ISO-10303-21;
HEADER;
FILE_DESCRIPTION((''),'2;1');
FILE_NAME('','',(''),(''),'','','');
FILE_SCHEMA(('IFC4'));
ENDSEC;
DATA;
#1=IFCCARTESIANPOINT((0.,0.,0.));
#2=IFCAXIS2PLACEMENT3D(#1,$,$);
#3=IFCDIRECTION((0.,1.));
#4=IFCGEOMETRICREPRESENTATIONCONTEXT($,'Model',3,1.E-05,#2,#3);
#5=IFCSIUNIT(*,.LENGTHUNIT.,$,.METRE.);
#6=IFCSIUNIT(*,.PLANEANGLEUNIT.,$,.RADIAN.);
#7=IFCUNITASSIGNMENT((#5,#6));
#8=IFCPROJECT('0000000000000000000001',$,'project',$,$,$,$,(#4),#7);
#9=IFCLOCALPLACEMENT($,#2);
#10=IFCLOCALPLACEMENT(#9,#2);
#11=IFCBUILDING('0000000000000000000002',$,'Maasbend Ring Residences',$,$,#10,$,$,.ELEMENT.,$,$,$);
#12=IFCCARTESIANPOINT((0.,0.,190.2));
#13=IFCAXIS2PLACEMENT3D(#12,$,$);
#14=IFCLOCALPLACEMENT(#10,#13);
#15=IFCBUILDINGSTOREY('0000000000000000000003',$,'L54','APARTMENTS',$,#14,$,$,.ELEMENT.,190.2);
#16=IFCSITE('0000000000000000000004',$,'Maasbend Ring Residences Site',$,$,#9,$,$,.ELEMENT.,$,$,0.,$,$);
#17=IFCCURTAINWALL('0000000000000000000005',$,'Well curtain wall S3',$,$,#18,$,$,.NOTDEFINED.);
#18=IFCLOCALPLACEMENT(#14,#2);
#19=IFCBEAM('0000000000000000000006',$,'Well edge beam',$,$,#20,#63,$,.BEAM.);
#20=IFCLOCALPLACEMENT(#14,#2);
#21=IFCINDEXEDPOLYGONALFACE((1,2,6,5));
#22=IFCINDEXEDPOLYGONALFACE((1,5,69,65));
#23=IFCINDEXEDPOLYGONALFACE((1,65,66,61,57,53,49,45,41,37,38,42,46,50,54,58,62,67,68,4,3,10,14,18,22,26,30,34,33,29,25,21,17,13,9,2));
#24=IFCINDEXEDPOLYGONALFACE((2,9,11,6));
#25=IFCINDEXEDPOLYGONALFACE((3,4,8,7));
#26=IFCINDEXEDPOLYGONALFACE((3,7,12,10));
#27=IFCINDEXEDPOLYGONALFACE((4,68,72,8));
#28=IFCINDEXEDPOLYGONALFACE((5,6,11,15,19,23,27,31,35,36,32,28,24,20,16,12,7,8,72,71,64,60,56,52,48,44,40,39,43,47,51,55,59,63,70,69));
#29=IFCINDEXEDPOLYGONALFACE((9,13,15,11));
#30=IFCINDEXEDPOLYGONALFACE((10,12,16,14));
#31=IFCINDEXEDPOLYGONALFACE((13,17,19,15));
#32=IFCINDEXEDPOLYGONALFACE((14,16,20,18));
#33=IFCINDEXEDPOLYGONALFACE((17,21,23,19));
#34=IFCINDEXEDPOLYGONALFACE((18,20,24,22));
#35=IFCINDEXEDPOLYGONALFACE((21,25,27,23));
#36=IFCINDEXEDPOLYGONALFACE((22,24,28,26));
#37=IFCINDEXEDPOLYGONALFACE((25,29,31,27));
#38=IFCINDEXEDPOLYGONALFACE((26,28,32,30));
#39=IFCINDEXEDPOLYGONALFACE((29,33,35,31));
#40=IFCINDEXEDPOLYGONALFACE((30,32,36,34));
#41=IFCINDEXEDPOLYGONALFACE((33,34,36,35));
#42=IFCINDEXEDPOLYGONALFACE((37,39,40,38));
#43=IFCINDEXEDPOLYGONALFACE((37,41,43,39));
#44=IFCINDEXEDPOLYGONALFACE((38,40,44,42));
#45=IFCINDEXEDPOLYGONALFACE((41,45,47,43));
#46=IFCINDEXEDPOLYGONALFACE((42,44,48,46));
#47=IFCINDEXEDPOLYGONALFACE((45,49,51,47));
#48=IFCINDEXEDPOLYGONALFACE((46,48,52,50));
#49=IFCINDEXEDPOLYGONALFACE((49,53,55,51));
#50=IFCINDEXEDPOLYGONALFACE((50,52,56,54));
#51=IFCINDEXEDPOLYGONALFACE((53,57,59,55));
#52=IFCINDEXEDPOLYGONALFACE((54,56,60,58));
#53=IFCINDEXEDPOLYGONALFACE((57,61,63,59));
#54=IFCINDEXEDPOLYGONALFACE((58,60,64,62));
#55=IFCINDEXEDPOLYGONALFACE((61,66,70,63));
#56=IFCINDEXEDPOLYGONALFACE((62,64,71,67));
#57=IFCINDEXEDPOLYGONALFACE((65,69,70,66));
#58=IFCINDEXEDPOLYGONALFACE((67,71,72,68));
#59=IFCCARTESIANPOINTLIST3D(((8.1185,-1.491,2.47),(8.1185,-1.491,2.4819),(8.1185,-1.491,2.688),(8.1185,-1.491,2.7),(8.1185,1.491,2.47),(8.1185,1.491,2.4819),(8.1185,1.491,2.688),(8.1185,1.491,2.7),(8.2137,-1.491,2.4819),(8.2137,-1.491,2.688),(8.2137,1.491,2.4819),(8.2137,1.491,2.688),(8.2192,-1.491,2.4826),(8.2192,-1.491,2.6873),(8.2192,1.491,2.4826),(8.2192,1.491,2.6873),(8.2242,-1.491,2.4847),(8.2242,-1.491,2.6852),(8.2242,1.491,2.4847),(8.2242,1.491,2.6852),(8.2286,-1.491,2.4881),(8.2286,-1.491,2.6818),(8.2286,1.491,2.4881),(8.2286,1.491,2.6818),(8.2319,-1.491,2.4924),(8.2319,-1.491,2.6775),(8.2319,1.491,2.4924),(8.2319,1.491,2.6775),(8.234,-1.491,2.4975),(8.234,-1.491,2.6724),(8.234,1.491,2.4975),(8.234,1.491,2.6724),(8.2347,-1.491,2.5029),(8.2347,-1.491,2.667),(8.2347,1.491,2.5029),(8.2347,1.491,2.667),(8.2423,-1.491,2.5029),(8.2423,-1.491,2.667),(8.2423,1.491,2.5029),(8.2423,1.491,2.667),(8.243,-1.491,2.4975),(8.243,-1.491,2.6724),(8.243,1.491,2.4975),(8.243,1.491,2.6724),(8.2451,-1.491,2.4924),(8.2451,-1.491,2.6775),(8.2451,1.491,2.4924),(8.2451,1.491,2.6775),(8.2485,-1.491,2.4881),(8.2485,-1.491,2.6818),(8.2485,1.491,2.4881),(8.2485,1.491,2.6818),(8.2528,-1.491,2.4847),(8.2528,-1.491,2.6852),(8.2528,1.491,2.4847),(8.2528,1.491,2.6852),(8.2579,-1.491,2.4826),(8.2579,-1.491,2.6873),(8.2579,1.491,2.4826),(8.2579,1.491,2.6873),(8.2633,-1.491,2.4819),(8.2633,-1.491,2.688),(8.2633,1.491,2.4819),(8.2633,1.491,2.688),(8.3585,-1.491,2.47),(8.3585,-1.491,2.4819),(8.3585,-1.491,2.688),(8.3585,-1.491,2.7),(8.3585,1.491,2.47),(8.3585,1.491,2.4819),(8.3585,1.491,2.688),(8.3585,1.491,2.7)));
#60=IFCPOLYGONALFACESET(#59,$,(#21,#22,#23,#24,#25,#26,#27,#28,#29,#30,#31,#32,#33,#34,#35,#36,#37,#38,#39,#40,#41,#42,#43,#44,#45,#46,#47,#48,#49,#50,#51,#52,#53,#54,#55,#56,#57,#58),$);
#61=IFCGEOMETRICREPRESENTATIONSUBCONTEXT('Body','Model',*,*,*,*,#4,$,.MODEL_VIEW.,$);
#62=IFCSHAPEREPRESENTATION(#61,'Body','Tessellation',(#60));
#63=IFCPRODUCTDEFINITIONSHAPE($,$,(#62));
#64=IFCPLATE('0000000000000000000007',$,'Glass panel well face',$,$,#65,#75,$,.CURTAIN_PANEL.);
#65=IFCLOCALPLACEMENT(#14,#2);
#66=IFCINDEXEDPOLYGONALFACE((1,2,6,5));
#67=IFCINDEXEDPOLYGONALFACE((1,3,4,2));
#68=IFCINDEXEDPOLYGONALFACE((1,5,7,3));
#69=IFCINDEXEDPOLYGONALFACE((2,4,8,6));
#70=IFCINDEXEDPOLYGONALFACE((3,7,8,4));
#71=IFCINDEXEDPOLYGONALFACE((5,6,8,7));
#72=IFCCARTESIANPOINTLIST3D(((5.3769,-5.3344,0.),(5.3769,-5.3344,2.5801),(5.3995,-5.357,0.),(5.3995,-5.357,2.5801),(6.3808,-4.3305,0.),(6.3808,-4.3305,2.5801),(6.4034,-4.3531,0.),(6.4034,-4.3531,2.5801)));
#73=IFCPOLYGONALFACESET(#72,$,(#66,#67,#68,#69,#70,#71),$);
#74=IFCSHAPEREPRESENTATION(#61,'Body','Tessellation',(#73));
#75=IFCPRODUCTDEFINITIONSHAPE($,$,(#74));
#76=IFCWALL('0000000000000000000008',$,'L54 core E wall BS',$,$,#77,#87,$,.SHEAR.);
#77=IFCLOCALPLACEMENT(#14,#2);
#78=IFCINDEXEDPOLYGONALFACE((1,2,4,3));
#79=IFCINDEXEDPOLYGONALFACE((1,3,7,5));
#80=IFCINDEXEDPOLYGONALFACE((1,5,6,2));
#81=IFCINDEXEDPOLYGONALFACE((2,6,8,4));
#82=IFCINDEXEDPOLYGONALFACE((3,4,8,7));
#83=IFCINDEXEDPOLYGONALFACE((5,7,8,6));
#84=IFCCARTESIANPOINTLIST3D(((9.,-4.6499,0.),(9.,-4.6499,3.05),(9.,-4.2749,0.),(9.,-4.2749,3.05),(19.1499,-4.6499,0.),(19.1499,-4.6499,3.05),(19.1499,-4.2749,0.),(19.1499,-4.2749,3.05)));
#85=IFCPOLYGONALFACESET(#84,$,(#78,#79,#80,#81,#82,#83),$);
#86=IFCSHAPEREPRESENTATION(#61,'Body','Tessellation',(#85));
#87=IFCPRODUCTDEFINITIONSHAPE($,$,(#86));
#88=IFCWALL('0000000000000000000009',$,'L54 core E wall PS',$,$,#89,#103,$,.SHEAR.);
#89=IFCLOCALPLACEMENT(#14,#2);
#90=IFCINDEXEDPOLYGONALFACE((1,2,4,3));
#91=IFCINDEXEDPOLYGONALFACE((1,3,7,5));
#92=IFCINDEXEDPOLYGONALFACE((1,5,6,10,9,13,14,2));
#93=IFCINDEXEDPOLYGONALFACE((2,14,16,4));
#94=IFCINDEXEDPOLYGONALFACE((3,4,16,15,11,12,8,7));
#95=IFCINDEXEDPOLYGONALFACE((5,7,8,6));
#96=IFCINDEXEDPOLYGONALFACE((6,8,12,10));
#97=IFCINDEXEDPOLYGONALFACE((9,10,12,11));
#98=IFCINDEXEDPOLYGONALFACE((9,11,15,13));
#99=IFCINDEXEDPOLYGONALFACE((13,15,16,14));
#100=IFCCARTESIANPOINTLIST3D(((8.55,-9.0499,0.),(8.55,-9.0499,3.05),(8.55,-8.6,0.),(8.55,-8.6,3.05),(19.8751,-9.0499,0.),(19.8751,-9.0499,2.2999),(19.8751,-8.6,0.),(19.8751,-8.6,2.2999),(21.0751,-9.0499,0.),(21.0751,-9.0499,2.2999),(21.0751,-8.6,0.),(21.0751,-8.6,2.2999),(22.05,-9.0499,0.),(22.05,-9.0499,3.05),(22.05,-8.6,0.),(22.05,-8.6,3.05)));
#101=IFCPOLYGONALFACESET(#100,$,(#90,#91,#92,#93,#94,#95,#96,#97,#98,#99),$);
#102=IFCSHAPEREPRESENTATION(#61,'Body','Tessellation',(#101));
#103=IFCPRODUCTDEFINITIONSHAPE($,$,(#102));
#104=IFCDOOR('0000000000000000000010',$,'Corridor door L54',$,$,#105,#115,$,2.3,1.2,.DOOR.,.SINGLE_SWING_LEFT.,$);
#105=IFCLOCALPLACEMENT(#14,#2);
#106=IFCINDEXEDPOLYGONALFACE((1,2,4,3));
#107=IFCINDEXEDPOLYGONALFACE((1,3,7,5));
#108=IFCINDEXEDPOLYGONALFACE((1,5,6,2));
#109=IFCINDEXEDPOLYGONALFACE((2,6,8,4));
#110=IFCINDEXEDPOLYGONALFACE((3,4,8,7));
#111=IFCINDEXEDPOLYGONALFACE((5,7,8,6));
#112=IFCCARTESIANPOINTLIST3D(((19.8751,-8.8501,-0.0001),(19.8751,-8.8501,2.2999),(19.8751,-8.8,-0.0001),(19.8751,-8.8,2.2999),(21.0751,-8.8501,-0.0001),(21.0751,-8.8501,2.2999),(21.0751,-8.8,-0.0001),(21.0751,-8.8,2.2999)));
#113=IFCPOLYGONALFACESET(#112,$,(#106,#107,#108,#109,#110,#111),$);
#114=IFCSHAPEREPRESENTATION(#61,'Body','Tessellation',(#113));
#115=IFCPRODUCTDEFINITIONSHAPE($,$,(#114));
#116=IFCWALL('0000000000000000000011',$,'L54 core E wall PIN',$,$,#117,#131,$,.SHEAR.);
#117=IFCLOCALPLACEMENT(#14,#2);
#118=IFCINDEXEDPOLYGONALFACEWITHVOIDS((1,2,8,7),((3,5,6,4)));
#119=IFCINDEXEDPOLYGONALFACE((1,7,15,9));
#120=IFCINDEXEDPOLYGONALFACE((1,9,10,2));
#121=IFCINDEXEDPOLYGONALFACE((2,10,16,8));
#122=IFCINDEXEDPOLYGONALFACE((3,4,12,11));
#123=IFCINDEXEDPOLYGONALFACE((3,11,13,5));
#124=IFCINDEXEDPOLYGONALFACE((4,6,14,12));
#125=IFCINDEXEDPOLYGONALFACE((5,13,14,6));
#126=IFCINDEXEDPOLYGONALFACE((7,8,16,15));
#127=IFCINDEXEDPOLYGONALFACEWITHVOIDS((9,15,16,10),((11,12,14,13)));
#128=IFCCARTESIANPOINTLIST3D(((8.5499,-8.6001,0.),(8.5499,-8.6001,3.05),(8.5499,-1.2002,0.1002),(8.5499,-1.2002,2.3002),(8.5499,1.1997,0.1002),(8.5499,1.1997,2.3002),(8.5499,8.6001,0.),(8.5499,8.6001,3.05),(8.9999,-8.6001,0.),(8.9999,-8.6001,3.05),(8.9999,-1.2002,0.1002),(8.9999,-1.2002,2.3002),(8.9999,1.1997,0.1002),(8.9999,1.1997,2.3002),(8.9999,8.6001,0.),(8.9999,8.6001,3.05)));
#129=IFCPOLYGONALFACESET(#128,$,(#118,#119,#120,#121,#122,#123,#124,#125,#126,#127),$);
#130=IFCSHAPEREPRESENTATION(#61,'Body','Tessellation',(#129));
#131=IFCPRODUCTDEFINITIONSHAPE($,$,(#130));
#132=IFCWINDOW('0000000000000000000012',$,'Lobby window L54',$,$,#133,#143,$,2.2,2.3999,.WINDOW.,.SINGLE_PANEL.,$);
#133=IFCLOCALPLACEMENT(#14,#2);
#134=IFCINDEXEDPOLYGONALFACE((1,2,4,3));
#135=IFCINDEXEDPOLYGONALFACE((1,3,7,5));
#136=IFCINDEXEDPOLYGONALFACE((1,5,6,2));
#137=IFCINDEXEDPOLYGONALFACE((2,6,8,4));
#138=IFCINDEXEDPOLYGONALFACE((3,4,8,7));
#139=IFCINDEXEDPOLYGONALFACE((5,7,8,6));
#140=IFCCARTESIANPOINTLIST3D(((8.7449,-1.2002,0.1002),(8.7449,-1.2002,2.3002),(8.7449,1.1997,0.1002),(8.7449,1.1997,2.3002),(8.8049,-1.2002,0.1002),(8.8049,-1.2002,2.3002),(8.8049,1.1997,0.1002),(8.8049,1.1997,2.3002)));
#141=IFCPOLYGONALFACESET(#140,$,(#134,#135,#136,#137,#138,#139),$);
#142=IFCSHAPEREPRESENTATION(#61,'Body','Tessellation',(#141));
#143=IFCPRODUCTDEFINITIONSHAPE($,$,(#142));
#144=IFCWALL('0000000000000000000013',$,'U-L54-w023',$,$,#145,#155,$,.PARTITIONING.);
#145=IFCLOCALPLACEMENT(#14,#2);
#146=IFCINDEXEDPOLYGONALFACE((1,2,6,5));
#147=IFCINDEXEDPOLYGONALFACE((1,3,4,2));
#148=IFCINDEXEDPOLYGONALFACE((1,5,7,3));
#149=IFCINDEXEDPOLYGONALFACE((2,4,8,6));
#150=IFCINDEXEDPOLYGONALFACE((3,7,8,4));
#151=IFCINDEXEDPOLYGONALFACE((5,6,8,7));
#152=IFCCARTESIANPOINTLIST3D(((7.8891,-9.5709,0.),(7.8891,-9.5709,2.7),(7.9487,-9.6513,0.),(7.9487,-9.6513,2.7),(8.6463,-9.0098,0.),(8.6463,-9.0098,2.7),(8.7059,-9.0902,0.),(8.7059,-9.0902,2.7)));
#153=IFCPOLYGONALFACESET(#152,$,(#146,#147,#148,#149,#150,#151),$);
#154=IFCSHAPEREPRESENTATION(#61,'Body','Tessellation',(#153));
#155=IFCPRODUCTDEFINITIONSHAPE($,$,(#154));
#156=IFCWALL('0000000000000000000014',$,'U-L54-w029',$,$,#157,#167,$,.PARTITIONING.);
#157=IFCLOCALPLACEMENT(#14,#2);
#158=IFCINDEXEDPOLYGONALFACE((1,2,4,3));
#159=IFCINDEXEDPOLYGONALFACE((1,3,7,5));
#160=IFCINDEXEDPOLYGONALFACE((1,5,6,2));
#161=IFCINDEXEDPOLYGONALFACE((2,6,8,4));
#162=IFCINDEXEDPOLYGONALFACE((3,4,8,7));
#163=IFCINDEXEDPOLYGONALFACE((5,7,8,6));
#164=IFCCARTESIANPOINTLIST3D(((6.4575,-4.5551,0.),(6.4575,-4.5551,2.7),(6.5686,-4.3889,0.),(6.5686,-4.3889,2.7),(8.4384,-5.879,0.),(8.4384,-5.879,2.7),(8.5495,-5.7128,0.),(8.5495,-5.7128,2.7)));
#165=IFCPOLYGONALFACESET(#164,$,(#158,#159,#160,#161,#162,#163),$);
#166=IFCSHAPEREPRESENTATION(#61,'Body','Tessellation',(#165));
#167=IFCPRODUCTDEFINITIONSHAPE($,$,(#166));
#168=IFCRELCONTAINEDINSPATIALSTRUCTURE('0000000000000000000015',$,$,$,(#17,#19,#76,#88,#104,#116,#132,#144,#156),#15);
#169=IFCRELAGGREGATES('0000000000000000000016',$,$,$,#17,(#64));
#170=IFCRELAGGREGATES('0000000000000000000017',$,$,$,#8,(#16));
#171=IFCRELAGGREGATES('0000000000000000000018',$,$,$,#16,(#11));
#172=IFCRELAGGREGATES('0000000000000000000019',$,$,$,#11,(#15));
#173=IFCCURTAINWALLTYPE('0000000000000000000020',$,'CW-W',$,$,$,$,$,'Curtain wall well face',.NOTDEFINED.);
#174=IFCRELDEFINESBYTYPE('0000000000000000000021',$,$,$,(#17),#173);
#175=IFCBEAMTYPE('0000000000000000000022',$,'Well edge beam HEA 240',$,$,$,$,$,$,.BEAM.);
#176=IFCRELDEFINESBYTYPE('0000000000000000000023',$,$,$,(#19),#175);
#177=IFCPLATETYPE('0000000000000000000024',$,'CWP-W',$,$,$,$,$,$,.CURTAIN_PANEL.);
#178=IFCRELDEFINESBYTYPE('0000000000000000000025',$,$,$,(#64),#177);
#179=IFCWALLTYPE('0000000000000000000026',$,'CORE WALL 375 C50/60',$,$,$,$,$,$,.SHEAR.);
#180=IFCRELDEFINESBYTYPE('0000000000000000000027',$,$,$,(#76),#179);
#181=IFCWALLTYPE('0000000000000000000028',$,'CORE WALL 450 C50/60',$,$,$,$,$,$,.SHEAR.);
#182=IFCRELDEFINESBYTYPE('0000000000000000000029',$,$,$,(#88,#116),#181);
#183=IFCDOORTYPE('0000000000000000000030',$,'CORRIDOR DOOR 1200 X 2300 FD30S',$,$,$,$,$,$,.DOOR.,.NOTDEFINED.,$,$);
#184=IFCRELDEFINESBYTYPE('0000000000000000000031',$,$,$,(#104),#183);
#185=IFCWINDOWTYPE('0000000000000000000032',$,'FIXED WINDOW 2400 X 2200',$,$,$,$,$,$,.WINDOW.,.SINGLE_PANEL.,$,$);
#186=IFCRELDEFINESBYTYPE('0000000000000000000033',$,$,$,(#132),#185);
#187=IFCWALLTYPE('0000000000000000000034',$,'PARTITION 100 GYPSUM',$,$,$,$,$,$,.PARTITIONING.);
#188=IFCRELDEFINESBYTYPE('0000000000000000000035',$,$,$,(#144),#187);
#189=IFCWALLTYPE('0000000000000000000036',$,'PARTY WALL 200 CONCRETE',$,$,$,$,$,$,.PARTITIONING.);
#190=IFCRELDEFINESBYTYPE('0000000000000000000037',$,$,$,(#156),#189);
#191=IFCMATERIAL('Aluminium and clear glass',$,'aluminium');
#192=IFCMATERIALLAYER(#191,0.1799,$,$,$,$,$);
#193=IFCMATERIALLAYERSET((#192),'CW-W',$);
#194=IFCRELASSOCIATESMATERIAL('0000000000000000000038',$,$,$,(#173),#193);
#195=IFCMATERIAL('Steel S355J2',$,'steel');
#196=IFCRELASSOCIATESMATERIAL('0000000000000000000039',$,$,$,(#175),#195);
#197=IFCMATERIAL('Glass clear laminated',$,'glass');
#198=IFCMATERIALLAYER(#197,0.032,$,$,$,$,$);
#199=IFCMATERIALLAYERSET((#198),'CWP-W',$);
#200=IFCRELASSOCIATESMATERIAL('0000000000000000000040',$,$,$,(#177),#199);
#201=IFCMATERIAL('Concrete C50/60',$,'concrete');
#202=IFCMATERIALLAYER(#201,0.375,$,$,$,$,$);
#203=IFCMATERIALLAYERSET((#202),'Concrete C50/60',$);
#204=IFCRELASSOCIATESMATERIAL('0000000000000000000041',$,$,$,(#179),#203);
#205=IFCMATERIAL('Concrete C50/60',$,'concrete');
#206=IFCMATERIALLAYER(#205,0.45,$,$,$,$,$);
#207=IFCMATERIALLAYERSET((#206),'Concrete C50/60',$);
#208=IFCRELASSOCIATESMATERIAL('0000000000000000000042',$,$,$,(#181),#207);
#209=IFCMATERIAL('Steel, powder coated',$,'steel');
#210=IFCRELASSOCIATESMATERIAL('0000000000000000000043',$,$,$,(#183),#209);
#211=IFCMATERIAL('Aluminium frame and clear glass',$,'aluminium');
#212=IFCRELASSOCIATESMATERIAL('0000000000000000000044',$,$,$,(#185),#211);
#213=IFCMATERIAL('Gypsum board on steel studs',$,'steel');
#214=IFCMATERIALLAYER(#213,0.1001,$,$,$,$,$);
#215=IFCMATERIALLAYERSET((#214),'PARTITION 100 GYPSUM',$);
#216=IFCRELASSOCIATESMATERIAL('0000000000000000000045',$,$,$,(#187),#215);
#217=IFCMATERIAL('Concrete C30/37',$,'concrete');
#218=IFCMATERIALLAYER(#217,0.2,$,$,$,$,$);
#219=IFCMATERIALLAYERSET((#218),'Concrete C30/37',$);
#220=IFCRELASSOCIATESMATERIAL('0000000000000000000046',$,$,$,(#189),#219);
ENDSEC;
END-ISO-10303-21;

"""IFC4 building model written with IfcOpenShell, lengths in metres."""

from ifc_helpers import new_model, si_unit, direction, frame, frame_2d, origin, origin_2d, place, context, subcontext, project, spatial, rectangle, i_section, extrude, material, layer, layer_set, material_profile, profile_set, type_object, element, fill, aggregate, save


model = new_model("IFC4")

# Units and contexts
model_context = context("Model", 3, precision=1e-05, world=origin(), true_north=direction((0.0, 1.0)))
body_context = subcontext(model_context, "Body", "Model", "MODEL_VIEW")
ifc_project = project(units=[si_unit("LENGTHUNIT", "METRE"), si_unit("PLANEANGLEUNIT", "RADIAN")], contexts=[model_context])

# Site, building, storey
site_placement = place(None, origin())
site = spatial("IfcSite", under=ifc_project, at=site_placement, Name="Maasbend Ring Residences Site", CompositionType="ELEMENT", RefElevation=0.0)
building_placement = place(site_placement, origin())
building = spatial("IfcBuilding", under=site, at=building_placement, Name="Maasbend Ring Residences", CompositionType="ELEMENT")
storey_placement = place(building_placement, frame((0.0, 0.0, 190.2)))
storey = spatial("IfcBuildingStorey", under=building, at=storey_placement, Name="L54", Description="APARTMENTS", CompositionType="ELEMENT", Elevation=190.2)

# Curtain wall
ifc_material_1 = material(Name="Aluminium and clear glass", Category="aluminium")
ifc_layer_1 = layer(ifc_material_1, 0.1799)
ifc_layer_set_1 = layer_set([ifc_layer_1], Name="CW-W")
curtain_wall_type = type_object("IfcCurtainWallType", Name="CW-W", ElementType="Curtain wall well face", PredefinedType="NOTDEFINED", material=ifc_layer_set_1)
curtain_wall_placement = place(storey_placement, origin())
curtain_wall = element("IfcCurtainWall", 1, at=curtain_wall_placement, inside=storey, type_object=curtain_wall_type, Name="Well curtain wall S3", PredefinedType="NOTDEFINED")

# Beam
ifc_material_2 = material(Name="Steel S355J2", Category="steel")
ifc_material_profile_1 = material_profile(ifc_material_2, i_section(OverallWidth=0.24, OverallDepth=0.23, WebThickness=0.0076, FlangeThickness=0.012, FilletRadius=0.021, at=origin_2d()), Name="HEA 240")
ifc_profile_set_1 = profile_set([ifc_material_profile_1], Name="Steel S355J2")
beam_type = type_object("IfcBeamType", Name="Well edge beam HEA 240", PredefinedType="BEAM", material=ifc_profile_set_1)
beam_1_placement = place(storey_placement, frame((8.2385, -1.491, 2.585), z_axis=(0.0, 1.0, 0.0), x_axis=(-1.0, 0.0, 0.0)))
element("IfcBeam", 2, at=beam_1_placement, inside=storey, type_object=beam_type, Name="Well edge beam", PredefinedType="BEAM", context=body_context, shape_type="SweptSolid", body=[
    extrude(i_section(OverallWidth=0.24, OverallDepth=0.23, WebThickness=0.0076, FlangeThickness=0.012, FilletRadius=0.021, at=origin_2d()), origin(), (0.0, 0.0, 1.0), 2.9819),
])

# Plate
ifc_material_3 = material(Name="Glass clear laminated", Category="glass")
ifc_layer_2 = layer(ifc_material_3, 0.032)
ifc_layer_set_2 = layer_set([ifc_layer_2], Name="CWP-W")
plate_type = type_object("IfcPlateType", Name="CWP-W", PredefinedType="CURTAIN_PANEL", material=ifc_layer_set_2)
plate_placement = place(storey_placement, frame((5.8901, -4.8438, 0.0), z_axis=(0.0, 0.0, 1.0), x_axis=(0.707107, 0.707107, 0.0)))
plate = element("IfcPlate", 3, at=plate_placement, type_object=plate_type, Name="Glass panel well face", PredefinedType="CURTAIN_PANEL", context=body_context, shape_type="SweptSolid", body=[
    extrude(rectangle(XDim=1.4197, YDim=0.032, at=origin_2d()), origin(), (0.0, 0.0, 1.0), 2.5801),
])
aggregate(curtain_wall, [plate])

# Wall
ifc_material_4 = material(Name="Concrete C50/60", Category="concrete")
ifc_layer_3 = layer(ifc_material_4, 0.375)
ifc_layer_set_3 = layer_set([ifc_layer_3], Name="Concrete C50/60")
wall_type_1 = type_object("IfcWallType", Name="CORE WALL 375 C50/60", PredefinedType="SHEAR", material=ifc_layer_set_3)
wall_1_placement = place(storey_placement, frame((9.0, -4.4624, 0.0), z_axis=(0.0, 0.0, 1.0), x_axis=(1.0, 0.0, 0.0)))
element("IfcWall", 4, at=wall_1_placement, inside=storey, type_object=wall_type_1, Name="L54 core E wall BS", PredefinedType="SHEAR", context=body_context, shape_type="SweptSolid", body=[
    extrude(rectangle(XDim=10.1499, YDim=0.375, at=frame_2d((5.075, 0.0))), origin(), (0.0, 0.0, 1.0), 3.05),
])

# Wall, opening, door
ifc_material_5 = material(Name="Concrete C50/60", Category="concrete")
ifc_layer_4 = layer(ifc_material_5, 0.45)
ifc_layer_set_4 = layer_set([ifc_layer_4], Name="Concrete C50/60")
wall_type_2 = type_object("IfcWallType", Name="CORE WALL 450 C50/60", PredefinedType="SHEAR", material=ifc_layer_set_4)
wall_2_placement = place(storey_placement, frame((8.55, -8.825, 0.0), z_axis=(0.0, 0.0, 1.0), x_axis=(1.0, 0.0, 0.0)))
wall_2 = element("IfcWall", 5, at=wall_2_placement, inside=storey, type_object=wall_type_2, Name="L54 core E wall PS", PredefinedType="SHEAR", context=body_context, shape_type="SweptSolid", body=[
    extrude(rectangle(XDim=13.5, YDim=0.45, at=frame_2d((6.75, 0.0))), origin(), (0.0, 0.0, 1.0), 3.05),
])
opening_1_placement = place(wall_2_placement, frame((11.325, 0.0, 0.0)))
opening_1 = element("IfcOpeningElement", 6, at=opening_1_placement, cuts=wall_2, PredefinedType="OPENING", context=body_context, shape_type="SweptSolid", body=[
    extrude(rectangle(XDim=1.2, YDim=2.3, at=frame_2d((0.6001, 1.1499))), frame((0.0, 0.2349, 0.0), z_axis=(0.0, -1.0, 0.0), x_axis=(1.0, 0.0, 0.0)), (0.0, 0.0, 1.0), 0.47),
])
ifc_material_6 = material(Name="Steel, powder coated", Category="steel")
door_type = type_object("IfcDoorType", Name="CORRIDOR DOOR 1200 X 2300 FD30S", OperationType="NOTDEFINED", PredefinedType="DOOR", material=ifc_material_6)
door_placement = place(opening_1_placement, origin())
door = element("IfcDoor", 7, at=door_placement, inside=storey, type_object=door_type, Name="Corridor door L54", OperationType="SINGLE_SWING_LEFT", OverallHeight=2.3, OverallWidth=1.2, PredefinedType="DOOR", context=body_context, shape_type="SweptSolid", body=[
    extrude(rectangle(XDim=1.2, YDim=2.3, at=frame_2d((0.6001, 1.1499))), frame((0.0, 0.0249, 0.0), z_axis=(0.0, -1.0, 0.0), x_axis=(1.0, 0.0, 0.0)), (0.0, 0.0, 1.0), 0.05),
])
fill(opening_1, door)

# Wall, opening, window
wall_3_placement = place(storey_placement, frame((8.7749, -8.6001, 0.0), z_axis=(0.0, 0.0, 1.0), x_axis=(0.0, 1.0, 0.0)))
wall_3 = element("IfcWall", 8, at=wall_3_placement, inside=storey, type_object=wall_type_2, Name="L54 core E wall PIN", PredefinedType="SHEAR", context=body_context, shape_type="SweptSolid", body=[
    extrude(rectangle(XDim=17.2002, YDim=0.45, at=frame_2d((8.6001, 0.0))), origin(), (0.0, 0.0, 1.0), 3.05),
])
opening_2_placement = place(wall_3_placement, frame((7.3999, 0.0, 0.1001)))
opening_2 = element("IfcOpeningElement", 9, at=opening_2_placement, cuts=wall_3, PredefinedType="OPENING", context=body_context, shape_type="SweptSolid", body=[
    extrude(rectangle(XDim=2.3999, YDim=2.2, at=frame_2d((1.2, 1.1001))), frame((0.0, 0.2349, 0.0), z_axis=(0.0, -1.0, 0.0), x_axis=(1.0, 0.0, 0.0)), (0.0, 0.0, 1.0), 0.47),
])
ifc_material_7 = material(Name="Aluminium frame and clear glass", Category="aluminium")
window_type = type_object("IfcWindowType", Name="FIXED WINDOW 2400 X 2200", PartitioningType="SINGLE_PANEL", PredefinedType="WINDOW", material=ifc_material_7)
window_placement = place(opening_2_placement, origin())
window = element("IfcWindow", 10, at=window_placement, inside=storey, type_object=window_type, Name="Lobby window L54", OverallHeight=2.2, OverallWidth=2.3999, PartitioningType="SINGLE_PANEL", PredefinedType="WINDOW", context=body_context, shape_type="SweptSolid", body=[
    extrude(rectangle(XDim=2.3999, YDim=2.2, at=frame_2d((1.2, 1.1001))), frame((0.0, 0.03, 0.0), z_axis=(0.0, -1.0, 0.0), x_axis=(1.0, 0.0, 0.0)), (0.0, 0.0, 1.0), 0.0601),
])
fill(opening_2, window)

# Walls
ifc_material_8 = material(Name="Gypsum board on steel studs", Category="steel")
ifc_layer_5 = layer(ifc_material_8, 0.1001)
ifc_layer_set_5 = layer_set([ifc_layer_5], Name="PARTITION 100 GYPSUM")
wall_type_3 = type_object("IfcWallType", Name="PARTITION 100 GYPSUM", PredefinedType="PARTITIONING", material=ifc_layer_set_5)
wall_4_placement = place(storey_placement, frame((7.9189, -9.6111, 0.0), z_axis=(0.0, 0.0, 1.0), x_axis=(0.803438, 0.595389, 0.0)))
element("IfcWall", 11, at=wall_4_placement, inside=storey, type_object=wall_type_3, Name="U-L54-w023", PredefinedType="PARTITIONING", context=body_context, shape_type="SweptSolid", body=[
    extrude(rectangle(XDim=0.9424, YDim=0.1001, at=frame_2d((0.4712, 0.0))), origin(), (0.0, 0.0, 1.0), 2.7),
])
ifc_material_9 = material(Name="Concrete C30/37", Category="concrete")
ifc_layer_6 = layer(ifc_material_9, 0.2)
ifc_layer_set_6 = layer_set([ifc_layer_6], Name="Concrete C30/37")
wall_type_4 = type_object("IfcWallType", Name="PARTY WALL 200 CONCRETE", PredefinedType="PARTITIONING", material=ifc_layer_set_6)
wall_5_placement = place(storey_placement, frame((6.5129, -4.4719, 0.0), z_axis=(0.0, 0.0, 1.0), x_axis=(0.831403, -0.555669, 0.0)))
element("IfcWall", 12, at=wall_5_placement, inside=storey, type_object=wall_type_4, Name="U-L54-w029", PredefinedType="PARTITIONING", context=body_context, shape_type="SweptSolid", body=[
    extrude(rectangle(XDim=2.3826, YDim=0.2, at=frame_2d((1.1914, 0.0))), origin(), (0.0, 0.0, 1.0), 2.7),
])

save(model, "model.ifc")
